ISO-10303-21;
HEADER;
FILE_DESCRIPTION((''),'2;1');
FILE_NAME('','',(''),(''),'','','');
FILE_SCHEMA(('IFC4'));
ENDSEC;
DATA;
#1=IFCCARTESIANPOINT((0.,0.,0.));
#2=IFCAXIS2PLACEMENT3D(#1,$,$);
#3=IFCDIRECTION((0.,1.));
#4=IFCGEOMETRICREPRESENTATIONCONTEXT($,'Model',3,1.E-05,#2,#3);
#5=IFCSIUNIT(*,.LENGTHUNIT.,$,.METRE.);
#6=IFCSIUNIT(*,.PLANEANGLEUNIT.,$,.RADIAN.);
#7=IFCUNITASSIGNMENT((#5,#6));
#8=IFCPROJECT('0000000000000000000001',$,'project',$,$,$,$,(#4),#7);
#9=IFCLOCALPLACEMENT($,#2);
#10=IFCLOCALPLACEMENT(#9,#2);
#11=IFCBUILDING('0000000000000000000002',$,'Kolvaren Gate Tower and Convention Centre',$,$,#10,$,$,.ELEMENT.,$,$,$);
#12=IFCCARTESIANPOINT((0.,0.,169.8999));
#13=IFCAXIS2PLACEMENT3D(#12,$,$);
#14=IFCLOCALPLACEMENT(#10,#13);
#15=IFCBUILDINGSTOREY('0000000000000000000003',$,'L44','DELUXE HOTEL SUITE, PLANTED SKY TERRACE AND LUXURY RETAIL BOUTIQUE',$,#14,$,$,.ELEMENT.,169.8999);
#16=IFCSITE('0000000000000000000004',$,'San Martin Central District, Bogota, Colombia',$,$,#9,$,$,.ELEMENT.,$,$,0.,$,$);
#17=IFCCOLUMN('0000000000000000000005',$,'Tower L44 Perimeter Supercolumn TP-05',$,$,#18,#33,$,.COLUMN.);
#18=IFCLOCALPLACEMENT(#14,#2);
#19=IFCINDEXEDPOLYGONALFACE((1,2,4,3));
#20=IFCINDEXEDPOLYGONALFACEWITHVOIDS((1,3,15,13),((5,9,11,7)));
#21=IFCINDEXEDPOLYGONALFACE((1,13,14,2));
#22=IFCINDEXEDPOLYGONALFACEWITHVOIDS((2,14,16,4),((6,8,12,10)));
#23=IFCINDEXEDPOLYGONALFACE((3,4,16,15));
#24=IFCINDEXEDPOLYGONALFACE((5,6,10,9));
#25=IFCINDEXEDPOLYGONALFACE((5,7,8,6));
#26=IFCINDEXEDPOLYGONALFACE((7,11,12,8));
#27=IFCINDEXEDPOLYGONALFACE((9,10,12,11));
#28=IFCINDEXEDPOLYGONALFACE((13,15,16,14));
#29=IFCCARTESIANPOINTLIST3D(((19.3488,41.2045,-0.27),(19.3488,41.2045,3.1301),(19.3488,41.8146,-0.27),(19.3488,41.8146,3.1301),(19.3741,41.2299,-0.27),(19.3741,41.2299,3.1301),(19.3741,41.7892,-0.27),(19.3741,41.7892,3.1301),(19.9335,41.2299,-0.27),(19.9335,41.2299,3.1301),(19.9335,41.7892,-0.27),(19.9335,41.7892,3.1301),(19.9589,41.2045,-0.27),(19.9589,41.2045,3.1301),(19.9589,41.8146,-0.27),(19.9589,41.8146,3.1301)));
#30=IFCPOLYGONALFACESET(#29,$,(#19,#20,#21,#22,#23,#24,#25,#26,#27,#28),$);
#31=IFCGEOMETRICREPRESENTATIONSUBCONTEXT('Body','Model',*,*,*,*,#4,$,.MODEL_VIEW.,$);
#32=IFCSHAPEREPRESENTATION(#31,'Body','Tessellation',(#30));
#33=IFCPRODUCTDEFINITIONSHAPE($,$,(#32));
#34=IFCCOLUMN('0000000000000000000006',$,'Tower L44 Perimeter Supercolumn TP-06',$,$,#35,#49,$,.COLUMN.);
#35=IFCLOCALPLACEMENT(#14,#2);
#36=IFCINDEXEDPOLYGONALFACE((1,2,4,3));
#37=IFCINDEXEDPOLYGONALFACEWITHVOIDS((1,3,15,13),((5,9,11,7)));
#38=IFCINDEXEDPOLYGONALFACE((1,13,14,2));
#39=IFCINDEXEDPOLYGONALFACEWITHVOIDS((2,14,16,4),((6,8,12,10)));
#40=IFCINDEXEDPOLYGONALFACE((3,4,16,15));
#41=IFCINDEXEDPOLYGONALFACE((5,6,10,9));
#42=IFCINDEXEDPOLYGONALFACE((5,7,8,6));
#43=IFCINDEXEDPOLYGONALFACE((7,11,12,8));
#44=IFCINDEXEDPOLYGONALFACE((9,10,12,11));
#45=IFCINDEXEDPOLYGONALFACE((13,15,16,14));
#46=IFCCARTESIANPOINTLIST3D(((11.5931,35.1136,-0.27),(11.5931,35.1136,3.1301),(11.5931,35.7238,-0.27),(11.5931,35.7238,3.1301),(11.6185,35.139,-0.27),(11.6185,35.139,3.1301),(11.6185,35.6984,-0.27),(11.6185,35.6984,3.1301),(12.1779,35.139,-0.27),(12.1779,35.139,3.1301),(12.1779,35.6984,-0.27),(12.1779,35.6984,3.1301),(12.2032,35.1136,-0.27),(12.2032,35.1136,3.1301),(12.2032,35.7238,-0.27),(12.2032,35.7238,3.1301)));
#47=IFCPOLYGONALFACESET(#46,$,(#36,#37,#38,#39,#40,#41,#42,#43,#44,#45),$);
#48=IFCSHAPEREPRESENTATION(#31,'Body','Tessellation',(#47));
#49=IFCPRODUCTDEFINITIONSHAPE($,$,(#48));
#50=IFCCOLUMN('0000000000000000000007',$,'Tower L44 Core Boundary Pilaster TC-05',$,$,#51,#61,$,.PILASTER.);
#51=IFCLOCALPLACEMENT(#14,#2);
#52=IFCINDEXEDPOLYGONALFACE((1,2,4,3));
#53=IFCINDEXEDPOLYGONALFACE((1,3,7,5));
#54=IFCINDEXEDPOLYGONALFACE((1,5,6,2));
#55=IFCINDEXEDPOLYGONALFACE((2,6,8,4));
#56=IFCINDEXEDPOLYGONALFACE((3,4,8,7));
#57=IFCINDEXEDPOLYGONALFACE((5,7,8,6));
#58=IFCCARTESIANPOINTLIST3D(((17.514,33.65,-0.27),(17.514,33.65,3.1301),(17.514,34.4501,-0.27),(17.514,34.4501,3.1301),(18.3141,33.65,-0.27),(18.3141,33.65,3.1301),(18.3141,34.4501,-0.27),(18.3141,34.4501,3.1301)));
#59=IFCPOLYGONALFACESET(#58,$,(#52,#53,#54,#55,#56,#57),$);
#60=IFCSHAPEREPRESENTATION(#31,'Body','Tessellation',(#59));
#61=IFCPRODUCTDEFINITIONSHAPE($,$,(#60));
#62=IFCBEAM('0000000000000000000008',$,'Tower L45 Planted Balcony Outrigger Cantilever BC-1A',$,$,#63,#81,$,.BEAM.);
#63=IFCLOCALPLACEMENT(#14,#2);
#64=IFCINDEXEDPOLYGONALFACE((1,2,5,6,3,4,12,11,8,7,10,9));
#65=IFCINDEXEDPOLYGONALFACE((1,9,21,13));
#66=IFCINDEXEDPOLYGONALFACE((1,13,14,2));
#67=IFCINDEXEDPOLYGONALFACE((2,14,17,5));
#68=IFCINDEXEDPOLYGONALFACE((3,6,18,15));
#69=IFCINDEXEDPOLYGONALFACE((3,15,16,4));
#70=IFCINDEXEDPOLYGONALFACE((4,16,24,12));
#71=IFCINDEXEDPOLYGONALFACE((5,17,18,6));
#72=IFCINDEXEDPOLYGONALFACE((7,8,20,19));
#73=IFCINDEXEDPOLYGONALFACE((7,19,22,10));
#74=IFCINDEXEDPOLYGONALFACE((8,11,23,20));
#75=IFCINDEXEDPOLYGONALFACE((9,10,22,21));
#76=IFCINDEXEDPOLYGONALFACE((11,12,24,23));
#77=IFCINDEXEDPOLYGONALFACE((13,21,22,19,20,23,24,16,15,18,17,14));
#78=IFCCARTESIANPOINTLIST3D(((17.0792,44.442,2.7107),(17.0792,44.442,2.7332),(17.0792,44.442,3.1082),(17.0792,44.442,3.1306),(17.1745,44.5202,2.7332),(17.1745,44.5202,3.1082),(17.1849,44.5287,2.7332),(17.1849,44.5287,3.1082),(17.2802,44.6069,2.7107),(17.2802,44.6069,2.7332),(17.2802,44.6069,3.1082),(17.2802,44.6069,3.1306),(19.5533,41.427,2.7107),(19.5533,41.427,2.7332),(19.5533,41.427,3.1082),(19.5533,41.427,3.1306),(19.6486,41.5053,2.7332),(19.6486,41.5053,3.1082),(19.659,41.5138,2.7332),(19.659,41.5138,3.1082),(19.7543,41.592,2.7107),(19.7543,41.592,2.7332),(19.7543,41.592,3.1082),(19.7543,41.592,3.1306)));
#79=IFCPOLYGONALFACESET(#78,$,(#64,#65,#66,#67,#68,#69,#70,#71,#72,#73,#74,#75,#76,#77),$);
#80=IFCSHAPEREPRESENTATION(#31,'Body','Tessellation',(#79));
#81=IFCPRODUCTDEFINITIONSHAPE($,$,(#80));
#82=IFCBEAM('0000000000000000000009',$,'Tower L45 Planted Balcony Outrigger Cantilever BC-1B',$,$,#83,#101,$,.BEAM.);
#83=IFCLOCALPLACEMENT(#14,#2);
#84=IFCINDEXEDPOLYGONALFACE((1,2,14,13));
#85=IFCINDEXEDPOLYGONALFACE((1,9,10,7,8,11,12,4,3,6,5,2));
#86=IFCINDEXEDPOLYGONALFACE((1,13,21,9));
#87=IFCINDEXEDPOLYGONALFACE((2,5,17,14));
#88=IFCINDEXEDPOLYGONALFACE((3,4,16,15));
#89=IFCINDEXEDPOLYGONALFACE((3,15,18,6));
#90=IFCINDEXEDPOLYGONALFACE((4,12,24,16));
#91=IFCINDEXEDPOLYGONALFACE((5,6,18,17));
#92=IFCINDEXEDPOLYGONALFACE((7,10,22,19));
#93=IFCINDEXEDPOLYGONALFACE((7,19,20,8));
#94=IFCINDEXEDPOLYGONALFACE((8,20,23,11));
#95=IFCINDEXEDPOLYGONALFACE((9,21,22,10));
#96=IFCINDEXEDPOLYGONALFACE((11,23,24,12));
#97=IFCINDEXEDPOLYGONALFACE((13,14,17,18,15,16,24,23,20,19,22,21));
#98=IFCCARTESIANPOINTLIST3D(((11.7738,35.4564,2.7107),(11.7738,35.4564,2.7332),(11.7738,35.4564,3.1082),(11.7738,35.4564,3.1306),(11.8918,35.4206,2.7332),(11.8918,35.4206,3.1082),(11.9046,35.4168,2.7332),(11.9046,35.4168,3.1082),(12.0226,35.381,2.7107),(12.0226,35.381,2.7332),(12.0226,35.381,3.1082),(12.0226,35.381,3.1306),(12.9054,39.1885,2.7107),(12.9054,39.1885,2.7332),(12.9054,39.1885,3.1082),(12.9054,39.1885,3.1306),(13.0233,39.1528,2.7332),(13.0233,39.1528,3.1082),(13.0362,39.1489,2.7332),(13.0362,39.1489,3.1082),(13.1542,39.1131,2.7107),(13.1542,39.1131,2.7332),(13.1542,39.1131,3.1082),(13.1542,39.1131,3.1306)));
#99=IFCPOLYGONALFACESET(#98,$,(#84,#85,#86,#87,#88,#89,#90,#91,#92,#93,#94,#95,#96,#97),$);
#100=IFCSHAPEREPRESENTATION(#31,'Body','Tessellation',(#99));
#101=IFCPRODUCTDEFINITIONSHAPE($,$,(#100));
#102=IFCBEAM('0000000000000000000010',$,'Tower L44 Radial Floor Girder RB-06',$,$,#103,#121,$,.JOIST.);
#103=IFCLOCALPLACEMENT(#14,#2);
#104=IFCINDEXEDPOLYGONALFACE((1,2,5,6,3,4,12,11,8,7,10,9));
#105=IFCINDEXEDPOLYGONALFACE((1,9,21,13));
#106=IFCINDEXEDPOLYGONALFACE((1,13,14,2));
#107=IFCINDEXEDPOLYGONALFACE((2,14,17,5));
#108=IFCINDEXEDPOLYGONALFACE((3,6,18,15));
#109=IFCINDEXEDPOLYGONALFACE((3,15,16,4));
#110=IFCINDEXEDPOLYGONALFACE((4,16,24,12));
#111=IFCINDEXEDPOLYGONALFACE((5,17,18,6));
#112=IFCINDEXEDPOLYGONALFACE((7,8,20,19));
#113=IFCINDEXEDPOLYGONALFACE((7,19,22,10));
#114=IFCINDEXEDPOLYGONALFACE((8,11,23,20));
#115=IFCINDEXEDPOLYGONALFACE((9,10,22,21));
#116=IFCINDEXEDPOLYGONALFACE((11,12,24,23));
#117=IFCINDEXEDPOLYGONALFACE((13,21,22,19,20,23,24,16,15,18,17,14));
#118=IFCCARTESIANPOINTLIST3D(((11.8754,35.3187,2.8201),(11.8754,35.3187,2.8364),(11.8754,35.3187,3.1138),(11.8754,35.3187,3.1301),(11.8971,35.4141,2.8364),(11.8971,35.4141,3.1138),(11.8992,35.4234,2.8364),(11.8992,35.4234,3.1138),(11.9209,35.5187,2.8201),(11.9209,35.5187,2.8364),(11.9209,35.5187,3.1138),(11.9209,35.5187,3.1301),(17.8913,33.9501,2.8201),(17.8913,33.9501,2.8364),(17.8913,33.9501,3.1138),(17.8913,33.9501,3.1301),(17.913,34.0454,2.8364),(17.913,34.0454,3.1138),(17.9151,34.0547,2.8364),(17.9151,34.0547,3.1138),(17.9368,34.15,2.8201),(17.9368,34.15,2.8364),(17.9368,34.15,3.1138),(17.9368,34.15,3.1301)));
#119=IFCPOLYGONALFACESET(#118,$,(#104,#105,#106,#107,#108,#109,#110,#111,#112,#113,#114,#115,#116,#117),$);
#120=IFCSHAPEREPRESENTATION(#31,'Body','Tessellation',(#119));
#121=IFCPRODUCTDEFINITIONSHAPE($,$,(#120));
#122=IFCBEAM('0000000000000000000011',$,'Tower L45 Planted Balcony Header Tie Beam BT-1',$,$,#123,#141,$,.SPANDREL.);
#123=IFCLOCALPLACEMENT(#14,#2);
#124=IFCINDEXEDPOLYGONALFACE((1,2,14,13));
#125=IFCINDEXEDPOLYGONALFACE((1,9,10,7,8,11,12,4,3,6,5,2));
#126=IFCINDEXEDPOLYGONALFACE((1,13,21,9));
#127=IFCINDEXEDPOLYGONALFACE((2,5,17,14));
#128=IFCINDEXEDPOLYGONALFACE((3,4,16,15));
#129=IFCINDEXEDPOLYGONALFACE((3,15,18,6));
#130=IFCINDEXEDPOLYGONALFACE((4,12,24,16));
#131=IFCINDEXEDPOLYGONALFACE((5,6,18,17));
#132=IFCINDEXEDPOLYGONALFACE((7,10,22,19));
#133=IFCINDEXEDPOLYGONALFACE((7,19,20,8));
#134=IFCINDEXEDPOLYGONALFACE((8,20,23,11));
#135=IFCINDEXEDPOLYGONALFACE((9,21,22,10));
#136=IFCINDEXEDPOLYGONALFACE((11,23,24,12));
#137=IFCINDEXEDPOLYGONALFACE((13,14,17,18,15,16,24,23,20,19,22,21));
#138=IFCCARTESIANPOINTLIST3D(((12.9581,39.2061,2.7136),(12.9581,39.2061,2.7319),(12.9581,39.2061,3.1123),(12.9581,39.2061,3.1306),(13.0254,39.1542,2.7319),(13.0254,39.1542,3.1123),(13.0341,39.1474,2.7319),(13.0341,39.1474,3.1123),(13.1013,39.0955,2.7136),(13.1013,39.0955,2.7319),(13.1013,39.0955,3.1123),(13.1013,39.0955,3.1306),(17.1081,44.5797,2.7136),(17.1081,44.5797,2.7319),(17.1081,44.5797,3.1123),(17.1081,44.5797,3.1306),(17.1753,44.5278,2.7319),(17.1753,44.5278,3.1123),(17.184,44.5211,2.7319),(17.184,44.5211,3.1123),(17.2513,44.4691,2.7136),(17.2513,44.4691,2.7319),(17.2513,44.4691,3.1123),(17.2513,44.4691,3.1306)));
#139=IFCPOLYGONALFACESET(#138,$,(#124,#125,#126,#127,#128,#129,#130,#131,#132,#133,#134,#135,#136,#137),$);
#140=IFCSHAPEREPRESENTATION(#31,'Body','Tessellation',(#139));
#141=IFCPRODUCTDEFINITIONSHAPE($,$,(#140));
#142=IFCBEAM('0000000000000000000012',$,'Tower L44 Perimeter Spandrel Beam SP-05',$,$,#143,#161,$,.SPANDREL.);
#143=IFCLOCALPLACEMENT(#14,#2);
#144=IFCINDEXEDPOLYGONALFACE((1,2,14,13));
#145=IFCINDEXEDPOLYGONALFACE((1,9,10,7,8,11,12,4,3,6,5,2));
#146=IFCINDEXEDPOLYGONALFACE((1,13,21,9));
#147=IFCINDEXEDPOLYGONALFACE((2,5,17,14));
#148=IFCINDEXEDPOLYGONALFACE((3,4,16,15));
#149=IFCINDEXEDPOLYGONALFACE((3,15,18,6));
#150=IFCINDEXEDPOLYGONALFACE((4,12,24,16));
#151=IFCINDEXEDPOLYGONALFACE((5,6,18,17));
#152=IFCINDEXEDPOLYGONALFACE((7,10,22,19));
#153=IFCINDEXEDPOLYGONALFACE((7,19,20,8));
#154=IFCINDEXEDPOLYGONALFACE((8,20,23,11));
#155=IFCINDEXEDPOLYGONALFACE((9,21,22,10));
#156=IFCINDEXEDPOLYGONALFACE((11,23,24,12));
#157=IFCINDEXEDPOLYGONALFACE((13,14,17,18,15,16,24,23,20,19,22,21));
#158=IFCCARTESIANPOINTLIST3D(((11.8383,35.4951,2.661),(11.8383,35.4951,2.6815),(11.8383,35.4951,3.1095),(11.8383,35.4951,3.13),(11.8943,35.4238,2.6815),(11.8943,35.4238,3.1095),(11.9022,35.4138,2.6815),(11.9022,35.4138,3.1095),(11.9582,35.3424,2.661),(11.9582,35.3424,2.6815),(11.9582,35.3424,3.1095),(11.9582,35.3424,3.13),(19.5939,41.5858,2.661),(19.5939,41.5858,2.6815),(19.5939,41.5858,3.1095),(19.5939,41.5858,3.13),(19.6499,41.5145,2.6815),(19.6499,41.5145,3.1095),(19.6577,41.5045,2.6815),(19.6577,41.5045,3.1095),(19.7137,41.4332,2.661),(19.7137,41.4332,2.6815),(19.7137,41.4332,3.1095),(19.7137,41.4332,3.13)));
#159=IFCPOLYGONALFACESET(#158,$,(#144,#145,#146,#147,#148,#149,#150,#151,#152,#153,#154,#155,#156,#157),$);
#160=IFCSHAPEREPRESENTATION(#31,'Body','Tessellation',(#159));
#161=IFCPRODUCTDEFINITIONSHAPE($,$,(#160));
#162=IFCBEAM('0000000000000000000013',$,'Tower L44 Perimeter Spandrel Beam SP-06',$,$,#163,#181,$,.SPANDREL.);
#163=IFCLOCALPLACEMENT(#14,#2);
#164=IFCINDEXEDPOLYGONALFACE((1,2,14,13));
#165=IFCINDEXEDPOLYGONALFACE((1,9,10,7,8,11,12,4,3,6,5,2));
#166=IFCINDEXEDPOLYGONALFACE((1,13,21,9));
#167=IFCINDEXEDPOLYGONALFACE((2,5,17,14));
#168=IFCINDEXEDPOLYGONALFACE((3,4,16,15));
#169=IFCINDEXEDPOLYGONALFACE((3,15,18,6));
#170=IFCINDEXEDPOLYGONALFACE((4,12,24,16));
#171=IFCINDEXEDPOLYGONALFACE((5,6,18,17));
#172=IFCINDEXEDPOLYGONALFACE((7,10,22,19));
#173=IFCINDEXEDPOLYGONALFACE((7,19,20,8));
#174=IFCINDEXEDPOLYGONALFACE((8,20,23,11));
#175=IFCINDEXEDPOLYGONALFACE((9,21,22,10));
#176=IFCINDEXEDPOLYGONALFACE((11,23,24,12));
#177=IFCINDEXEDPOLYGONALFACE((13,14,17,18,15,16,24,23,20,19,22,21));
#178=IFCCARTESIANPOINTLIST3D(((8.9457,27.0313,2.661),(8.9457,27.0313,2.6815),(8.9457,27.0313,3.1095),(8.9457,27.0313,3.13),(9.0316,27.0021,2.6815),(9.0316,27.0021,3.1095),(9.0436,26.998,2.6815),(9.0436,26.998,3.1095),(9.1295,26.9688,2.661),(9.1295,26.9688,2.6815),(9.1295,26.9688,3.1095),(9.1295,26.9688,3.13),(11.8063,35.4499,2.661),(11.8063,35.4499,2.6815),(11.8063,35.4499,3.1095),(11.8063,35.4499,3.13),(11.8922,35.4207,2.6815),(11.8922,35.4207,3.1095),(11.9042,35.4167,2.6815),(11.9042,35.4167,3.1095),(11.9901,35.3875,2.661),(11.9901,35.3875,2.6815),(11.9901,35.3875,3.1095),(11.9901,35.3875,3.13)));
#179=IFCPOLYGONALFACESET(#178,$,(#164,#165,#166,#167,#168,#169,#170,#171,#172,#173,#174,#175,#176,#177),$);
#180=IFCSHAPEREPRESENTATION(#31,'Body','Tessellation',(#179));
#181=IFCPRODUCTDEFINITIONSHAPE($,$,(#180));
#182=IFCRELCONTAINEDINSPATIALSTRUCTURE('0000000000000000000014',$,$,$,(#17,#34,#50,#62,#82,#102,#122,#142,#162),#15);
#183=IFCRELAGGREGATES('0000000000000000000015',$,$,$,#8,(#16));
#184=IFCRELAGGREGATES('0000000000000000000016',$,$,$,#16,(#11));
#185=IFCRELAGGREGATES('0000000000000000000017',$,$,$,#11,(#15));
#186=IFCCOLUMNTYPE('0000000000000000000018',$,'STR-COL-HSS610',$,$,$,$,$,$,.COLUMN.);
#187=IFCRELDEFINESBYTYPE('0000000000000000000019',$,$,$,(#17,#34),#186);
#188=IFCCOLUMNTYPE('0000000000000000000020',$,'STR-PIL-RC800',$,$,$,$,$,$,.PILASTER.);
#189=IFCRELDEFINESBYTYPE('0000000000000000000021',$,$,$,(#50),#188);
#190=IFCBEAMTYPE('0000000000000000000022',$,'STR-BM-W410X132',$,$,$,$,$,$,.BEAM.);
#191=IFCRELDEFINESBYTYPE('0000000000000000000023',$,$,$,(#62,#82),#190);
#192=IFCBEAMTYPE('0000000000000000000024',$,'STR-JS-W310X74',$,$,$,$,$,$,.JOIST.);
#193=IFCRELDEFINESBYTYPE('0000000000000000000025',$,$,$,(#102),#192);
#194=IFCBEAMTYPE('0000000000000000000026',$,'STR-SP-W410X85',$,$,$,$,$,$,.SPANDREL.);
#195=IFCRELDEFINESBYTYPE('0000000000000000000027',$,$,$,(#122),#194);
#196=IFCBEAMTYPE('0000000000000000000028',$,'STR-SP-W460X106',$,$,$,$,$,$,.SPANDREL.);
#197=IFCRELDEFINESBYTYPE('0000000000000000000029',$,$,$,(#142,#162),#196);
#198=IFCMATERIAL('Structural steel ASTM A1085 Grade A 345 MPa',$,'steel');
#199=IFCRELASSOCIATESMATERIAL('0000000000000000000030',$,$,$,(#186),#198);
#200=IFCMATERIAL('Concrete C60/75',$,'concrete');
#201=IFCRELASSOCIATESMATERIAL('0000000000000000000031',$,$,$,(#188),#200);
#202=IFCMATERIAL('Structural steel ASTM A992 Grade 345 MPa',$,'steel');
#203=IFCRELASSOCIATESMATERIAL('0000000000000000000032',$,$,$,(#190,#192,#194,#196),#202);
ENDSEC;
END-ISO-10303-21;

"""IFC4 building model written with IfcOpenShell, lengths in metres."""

from ifc_helpers import new_model, si_unit, direction, frame, origin, origin_2d, place, context, subcontext, project, spatial, rectangle, hollow_rectangle, i_section, extrude, material, material_profile, profile_set, type_object, element, save


model = new_model("IFC4")

# Units and contexts
model_context = context("Model", 3, precision=1e-05, world=origin(), true_north=direction((0.0, 1.0)))
body_context = subcontext(model_context, "Body", "Model", "MODEL_VIEW")
ifc_project = project(units=[si_unit("LENGTHUNIT", "METRE"), si_unit("PLANEANGLEUNIT", "RADIAN")], contexts=[model_context])

# Site, building, storey
site_placement = place(None, origin())
site = spatial("IfcSite", under=ifc_project, at=site_placement, Name="San Martin Central District, Bogota, Colombia", CompositionType="ELEMENT", RefElevation=0.0)
building_placement = place(site_placement, origin())
building = spatial("IfcBuilding", under=site, at=building_placement, Name="Kolvaren Gate Tower and Convention Centre", CompositionType="ELEMENT")
storey_placement = place(building_placement, frame((0.0, 0.0, 169.8999)))
storey = spatial("IfcBuildingStorey", under=building, at=storey_placement, Name="L44", Description="DELUXE HOTEL SUITE, PLANTED SKY TERRACE AND LUXURY RETAIL BOUTIQUE", CompositionType="ELEMENT", Elevation=169.8999)

# Columns
ifc_material_1 = material(Name="Structural steel ASTM A1085 Grade A 345 MPa", Category="steel")
ifc_material_profile_1 = material_profile(ifc_material_1, hollow_rectangle(XDim=0.6101, YDim=0.6101, WallThickness=0.0254, at=origin_2d()), Name="HSS610X610X25.4")
ifc_profile_set_1 = profile_set([ifc_material_profile_1], Name="Structural steel ASTM A1085 Grade A 345 MPa")
column_type_1 = type_object("IfcColumnType", Name="STR-COL-HSS610", PredefinedType="COLUMN", material=ifc_profile_set_1)
for number, where, z_axis, x_axis, name in (
    (1, (19.6538, 41.5095, -0.27), (0.0, 0.0, 1.0), (1.0, 0.0, 0.0), "Tower L44 Perimeter Supercolumn TP-05"),
    (2, (11.8982, 35.4187, -0.27), (0.0, 0.0, 1.0), (1.0, 0.0, 0.0), "Tower L44 Perimeter Supercolumn TP-06"),
):
    element("IfcColumn", number, at=place(storey_placement, frame(where, z_axis=z_axis, x_axis=x_axis)), inside=storey, type_object=column_type_1, Name=name, PredefinedType="COLUMN", context=body_context, shape_type="SweptSolid", body=[
        extrude(hollow_rectangle(XDim=0.6101, YDim=0.6101, WallThickness=0.0254, at=origin_2d()), origin(), (0.0, 0.0, 1.0), 3.4001),
    ])
ifc_material_2 = material(Name="Concrete C60/75", Category="concrete")
ifc_material_profile_2 = material_profile(ifc_material_2, rectangle(XDim=0.8, YDim=0.8, at=origin_2d()), Name="RC-COL-800X800")
ifc_profile_set_2 = profile_set([ifc_material_profile_2], Name="Concrete C60/75")
column_type_2 = type_object("IfcColumnType", Name="STR-PIL-RC800", PredefinedType="PILASTER", material=ifc_profile_set_2)
column_placement = place(storey_placement, frame((17.9141, 34.05, -0.27), z_axis=(0.0, 0.0, 1.0), x_axis=(1.0, 0.0, 0.0)))
element("IfcColumn", 3, at=column_placement, inside=storey, type_object=column_type_2, Name="Tower L44 Core Boundary Pilaster TC-05", PredefinedType="PILASTER", context=body_context, shape_type="SweptSolid", body=[
    extrude(rectangle(XDim=0.8, YDim=0.8, at=origin_2d()), origin(), (0.0, 0.0, 1.0), 3.4001),
])

# Beams
ifc_material_3 = material(Name="Structural steel ASTM A992 Grade 345 MPa", Category="steel")
ifc_material_profile_3 = material_profile(ifc_material_3, i_section(OverallWidth=0.26, OverallDepth=0.4199, WebThickness=0.0134, FlangeThickness=0.0225, at=origin_2d()), Name="W410X132")
ifc_profile_set_3 = profile_set([ifc_material_profile_3], Name="Structural steel ASTM A992 Grade 345 MPa")
beam_type_1 = type_object("IfcBeamType", Name="STR-BM-W410X132", PredefinedType="BEAM", material=ifc_profile_set_3)
beam_1_placement = place(storey_placement, frame((19.6538, 41.5095, 2.9207), z_axis=(-0.634372, 0.773028, 0.0), x_axis=(-0.773028, -0.634372, 0.0)))
element("IfcBeam", 4, at=beam_1_placement, inside=storey, type_object=beam_type_1, Name="Tower L45 Planted Balcony Outrigger Cantilever BC-1A", PredefinedType="BEAM", context=body_context, shape_type="SweptSolid", body=[
    extrude(i_section(OverallWidth=0.26, OverallDepth=0.4199, WebThickness=0.0134, FlangeThickness=0.0225, at=origin_2d()), origin(), (0.0, 0.0, 1.0), 3.9001),
])
beam_2_placement = place(storey_placement, frame((11.8982, 35.4187, 2.9207), z_axis=(0.290155, 0.95698, 0.0), x_axis=(-0.95698, 0.290155, 0.0)))
element("IfcBeam", 5, at=beam_2_placement, inside=storey, type_object=beam_type_1, Name="Tower L45 Planted Balcony Outrigger Cantilever BC-1B", PredefinedType="BEAM", context=body_context, shape_type="SweptSolid", body=[
    extrude(i_section(OverallWidth=0.26, OverallDepth=0.4199, WebThickness=0.0134, FlangeThickness=0.0225, at=origin_2d()), origin(), (0.0, 0.0, 1.0), 3.8999),
])
ifc_material_profile_4 = material_profile(ifc_material_3, i_section(OverallWidth=0.2051, OverallDepth=0.3101, WebThickness=0.0095, FlangeThickness=0.0164, at=origin_2d()), Name="W310X74")
ifc_profile_set_4 = profile_set([ifc_material_profile_4], Name="Structural steel ASTM A992 Grade 345 MPa")
beam_type_2 = type_object("IfcBeamType", Name="STR-JS-W310X74", PredefinedType="JOIST", material=ifc_profile_set_4)
beam_3_placement = place(storey_placement, frame((17.9141, 34.05, 2.9751), z_axis=(-0.975083, 0.221838, 0.0), x_axis=(-0.221838, -0.975083, 0.0)))
element("IfcBeam", 6, at=beam_3_placement, inside=storey, type_object=beam_type_2, Name="Tower L44 Radial Floor Girder RB-06", PredefinedType="JOIST", context=body_context, shape_type="SweptSolid", body=[
    extrude(i_section(OverallWidth=0.2051, OverallDepth=0.3101, WebThickness=0.0095, FlangeThickness=0.0164, at=origin_2d()), origin(), (0.0, 0.0, 1.0), 6.1697),
])
ifc_material_profile_5 = material_profile(ifc_material_3, i_section(OverallWidth=0.1809, OverallDepth=0.417, WebThickness=0.011, FlangeThickness=0.0183, at=origin_2d()), Name="W410X85")
ifc_profile_set_5 = profile_set([ifc_material_profile_5], Name="Structural steel ASTM A992 Grade 345 MPa")
beam_type_3 = type_object("IfcBeamType", Name="STR-SP-W410X85", PredefinedType="SPANDREL", material=ifc_profile_set_5)
beam_4_placement = place(storey_placement, frame((17.1797, 44.5244, 2.9221), z_axis=(-0.611228, -0.791454, 0.0), x_axis=(0.791454, -0.611228, 0.0)))
element("IfcBeam", 7, at=beam_4_placement, inside=storey, type_object=beam_type_3, Name="Tower L45 Planted Balcony Header Tie Beam BT-1", PredefinedType="SPANDREL", context=body_context, shape_type="SweptSolid", body=[
    extrude(i_section(OverallWidth=0.1809, OverallDepth=0.417, WebThickness=0.011, FlangeThickness=0.0183, at=origin_2d()), origin(), (0.0, 0.0, 1.0), 6.7896),
])
ifc_material_profile_6 = material_profile(ifc_material_3, i_section(OverallWidth=0.1941, OverallDepth=0.469, WebThickness=0.0127, FlangeThickness=0.0205, at=origin_2d()), Name="W460X106")
ifc_profile_set_6 = profile_set([ifc_material_profile_6], Name="Structural steel ASTM A992 Grade 345 MPa")
beam_type_4 = type_object("IfcBeamType", Name="STR-SP-W460X106", PredefinedType="SPANDREL", material=ifc_profile_set_6)
beam_5_placement = place(storey_placement, frame((19.6538, 41.5095, 2.8955), z_axis=(-0.78646, -0.617641, 0.0), x_axis=(0.617641, -0.78646, 0.0)))
element("IfcBeam", 8, at=beam_5_placement, inside=storey, type_object=beam_type_4, Name="Tower L44 Perimeter Spandrel Beam SP-05", PredefinedType="SPANDREL", context=body_context, shape_type="SweptSolid", body=[
    extrude(i_section(OverallWidth=0.1941, OverallDepth=0.469, WebThickness=0.0127, FlangeThickness=0.0205, at=origin_2d()), origin(), (0.0, 0.0, 1.0), 9.8613),
])
beam_6_placement = place(storey_placement, frame((11.8982, 35.4187, 2.8955), z_axis=(-0.321725, -0.946833, 0.0), x_axis=(0.946833, -0.321725, 0.0)))
element("IfcBeam", 9, at=beam_6_placement, inside=storey, type_object=beam_type_4, Name="Tower L44 Perimeter Spandrel Beam SP-06", PredefinedType="SPANDREL", context=body_context, shape_type="SweptSolid", body=[
    extrude(i_section(OverallWidth=0.1941, OverallDepth=0.469, WebThickness=0.0127, FlangeThickness=0.0205, at=origin_2d()), origin(), (0.0, 0.0, 1.0), 8.8914),
])

save(model, "model.ifc")
